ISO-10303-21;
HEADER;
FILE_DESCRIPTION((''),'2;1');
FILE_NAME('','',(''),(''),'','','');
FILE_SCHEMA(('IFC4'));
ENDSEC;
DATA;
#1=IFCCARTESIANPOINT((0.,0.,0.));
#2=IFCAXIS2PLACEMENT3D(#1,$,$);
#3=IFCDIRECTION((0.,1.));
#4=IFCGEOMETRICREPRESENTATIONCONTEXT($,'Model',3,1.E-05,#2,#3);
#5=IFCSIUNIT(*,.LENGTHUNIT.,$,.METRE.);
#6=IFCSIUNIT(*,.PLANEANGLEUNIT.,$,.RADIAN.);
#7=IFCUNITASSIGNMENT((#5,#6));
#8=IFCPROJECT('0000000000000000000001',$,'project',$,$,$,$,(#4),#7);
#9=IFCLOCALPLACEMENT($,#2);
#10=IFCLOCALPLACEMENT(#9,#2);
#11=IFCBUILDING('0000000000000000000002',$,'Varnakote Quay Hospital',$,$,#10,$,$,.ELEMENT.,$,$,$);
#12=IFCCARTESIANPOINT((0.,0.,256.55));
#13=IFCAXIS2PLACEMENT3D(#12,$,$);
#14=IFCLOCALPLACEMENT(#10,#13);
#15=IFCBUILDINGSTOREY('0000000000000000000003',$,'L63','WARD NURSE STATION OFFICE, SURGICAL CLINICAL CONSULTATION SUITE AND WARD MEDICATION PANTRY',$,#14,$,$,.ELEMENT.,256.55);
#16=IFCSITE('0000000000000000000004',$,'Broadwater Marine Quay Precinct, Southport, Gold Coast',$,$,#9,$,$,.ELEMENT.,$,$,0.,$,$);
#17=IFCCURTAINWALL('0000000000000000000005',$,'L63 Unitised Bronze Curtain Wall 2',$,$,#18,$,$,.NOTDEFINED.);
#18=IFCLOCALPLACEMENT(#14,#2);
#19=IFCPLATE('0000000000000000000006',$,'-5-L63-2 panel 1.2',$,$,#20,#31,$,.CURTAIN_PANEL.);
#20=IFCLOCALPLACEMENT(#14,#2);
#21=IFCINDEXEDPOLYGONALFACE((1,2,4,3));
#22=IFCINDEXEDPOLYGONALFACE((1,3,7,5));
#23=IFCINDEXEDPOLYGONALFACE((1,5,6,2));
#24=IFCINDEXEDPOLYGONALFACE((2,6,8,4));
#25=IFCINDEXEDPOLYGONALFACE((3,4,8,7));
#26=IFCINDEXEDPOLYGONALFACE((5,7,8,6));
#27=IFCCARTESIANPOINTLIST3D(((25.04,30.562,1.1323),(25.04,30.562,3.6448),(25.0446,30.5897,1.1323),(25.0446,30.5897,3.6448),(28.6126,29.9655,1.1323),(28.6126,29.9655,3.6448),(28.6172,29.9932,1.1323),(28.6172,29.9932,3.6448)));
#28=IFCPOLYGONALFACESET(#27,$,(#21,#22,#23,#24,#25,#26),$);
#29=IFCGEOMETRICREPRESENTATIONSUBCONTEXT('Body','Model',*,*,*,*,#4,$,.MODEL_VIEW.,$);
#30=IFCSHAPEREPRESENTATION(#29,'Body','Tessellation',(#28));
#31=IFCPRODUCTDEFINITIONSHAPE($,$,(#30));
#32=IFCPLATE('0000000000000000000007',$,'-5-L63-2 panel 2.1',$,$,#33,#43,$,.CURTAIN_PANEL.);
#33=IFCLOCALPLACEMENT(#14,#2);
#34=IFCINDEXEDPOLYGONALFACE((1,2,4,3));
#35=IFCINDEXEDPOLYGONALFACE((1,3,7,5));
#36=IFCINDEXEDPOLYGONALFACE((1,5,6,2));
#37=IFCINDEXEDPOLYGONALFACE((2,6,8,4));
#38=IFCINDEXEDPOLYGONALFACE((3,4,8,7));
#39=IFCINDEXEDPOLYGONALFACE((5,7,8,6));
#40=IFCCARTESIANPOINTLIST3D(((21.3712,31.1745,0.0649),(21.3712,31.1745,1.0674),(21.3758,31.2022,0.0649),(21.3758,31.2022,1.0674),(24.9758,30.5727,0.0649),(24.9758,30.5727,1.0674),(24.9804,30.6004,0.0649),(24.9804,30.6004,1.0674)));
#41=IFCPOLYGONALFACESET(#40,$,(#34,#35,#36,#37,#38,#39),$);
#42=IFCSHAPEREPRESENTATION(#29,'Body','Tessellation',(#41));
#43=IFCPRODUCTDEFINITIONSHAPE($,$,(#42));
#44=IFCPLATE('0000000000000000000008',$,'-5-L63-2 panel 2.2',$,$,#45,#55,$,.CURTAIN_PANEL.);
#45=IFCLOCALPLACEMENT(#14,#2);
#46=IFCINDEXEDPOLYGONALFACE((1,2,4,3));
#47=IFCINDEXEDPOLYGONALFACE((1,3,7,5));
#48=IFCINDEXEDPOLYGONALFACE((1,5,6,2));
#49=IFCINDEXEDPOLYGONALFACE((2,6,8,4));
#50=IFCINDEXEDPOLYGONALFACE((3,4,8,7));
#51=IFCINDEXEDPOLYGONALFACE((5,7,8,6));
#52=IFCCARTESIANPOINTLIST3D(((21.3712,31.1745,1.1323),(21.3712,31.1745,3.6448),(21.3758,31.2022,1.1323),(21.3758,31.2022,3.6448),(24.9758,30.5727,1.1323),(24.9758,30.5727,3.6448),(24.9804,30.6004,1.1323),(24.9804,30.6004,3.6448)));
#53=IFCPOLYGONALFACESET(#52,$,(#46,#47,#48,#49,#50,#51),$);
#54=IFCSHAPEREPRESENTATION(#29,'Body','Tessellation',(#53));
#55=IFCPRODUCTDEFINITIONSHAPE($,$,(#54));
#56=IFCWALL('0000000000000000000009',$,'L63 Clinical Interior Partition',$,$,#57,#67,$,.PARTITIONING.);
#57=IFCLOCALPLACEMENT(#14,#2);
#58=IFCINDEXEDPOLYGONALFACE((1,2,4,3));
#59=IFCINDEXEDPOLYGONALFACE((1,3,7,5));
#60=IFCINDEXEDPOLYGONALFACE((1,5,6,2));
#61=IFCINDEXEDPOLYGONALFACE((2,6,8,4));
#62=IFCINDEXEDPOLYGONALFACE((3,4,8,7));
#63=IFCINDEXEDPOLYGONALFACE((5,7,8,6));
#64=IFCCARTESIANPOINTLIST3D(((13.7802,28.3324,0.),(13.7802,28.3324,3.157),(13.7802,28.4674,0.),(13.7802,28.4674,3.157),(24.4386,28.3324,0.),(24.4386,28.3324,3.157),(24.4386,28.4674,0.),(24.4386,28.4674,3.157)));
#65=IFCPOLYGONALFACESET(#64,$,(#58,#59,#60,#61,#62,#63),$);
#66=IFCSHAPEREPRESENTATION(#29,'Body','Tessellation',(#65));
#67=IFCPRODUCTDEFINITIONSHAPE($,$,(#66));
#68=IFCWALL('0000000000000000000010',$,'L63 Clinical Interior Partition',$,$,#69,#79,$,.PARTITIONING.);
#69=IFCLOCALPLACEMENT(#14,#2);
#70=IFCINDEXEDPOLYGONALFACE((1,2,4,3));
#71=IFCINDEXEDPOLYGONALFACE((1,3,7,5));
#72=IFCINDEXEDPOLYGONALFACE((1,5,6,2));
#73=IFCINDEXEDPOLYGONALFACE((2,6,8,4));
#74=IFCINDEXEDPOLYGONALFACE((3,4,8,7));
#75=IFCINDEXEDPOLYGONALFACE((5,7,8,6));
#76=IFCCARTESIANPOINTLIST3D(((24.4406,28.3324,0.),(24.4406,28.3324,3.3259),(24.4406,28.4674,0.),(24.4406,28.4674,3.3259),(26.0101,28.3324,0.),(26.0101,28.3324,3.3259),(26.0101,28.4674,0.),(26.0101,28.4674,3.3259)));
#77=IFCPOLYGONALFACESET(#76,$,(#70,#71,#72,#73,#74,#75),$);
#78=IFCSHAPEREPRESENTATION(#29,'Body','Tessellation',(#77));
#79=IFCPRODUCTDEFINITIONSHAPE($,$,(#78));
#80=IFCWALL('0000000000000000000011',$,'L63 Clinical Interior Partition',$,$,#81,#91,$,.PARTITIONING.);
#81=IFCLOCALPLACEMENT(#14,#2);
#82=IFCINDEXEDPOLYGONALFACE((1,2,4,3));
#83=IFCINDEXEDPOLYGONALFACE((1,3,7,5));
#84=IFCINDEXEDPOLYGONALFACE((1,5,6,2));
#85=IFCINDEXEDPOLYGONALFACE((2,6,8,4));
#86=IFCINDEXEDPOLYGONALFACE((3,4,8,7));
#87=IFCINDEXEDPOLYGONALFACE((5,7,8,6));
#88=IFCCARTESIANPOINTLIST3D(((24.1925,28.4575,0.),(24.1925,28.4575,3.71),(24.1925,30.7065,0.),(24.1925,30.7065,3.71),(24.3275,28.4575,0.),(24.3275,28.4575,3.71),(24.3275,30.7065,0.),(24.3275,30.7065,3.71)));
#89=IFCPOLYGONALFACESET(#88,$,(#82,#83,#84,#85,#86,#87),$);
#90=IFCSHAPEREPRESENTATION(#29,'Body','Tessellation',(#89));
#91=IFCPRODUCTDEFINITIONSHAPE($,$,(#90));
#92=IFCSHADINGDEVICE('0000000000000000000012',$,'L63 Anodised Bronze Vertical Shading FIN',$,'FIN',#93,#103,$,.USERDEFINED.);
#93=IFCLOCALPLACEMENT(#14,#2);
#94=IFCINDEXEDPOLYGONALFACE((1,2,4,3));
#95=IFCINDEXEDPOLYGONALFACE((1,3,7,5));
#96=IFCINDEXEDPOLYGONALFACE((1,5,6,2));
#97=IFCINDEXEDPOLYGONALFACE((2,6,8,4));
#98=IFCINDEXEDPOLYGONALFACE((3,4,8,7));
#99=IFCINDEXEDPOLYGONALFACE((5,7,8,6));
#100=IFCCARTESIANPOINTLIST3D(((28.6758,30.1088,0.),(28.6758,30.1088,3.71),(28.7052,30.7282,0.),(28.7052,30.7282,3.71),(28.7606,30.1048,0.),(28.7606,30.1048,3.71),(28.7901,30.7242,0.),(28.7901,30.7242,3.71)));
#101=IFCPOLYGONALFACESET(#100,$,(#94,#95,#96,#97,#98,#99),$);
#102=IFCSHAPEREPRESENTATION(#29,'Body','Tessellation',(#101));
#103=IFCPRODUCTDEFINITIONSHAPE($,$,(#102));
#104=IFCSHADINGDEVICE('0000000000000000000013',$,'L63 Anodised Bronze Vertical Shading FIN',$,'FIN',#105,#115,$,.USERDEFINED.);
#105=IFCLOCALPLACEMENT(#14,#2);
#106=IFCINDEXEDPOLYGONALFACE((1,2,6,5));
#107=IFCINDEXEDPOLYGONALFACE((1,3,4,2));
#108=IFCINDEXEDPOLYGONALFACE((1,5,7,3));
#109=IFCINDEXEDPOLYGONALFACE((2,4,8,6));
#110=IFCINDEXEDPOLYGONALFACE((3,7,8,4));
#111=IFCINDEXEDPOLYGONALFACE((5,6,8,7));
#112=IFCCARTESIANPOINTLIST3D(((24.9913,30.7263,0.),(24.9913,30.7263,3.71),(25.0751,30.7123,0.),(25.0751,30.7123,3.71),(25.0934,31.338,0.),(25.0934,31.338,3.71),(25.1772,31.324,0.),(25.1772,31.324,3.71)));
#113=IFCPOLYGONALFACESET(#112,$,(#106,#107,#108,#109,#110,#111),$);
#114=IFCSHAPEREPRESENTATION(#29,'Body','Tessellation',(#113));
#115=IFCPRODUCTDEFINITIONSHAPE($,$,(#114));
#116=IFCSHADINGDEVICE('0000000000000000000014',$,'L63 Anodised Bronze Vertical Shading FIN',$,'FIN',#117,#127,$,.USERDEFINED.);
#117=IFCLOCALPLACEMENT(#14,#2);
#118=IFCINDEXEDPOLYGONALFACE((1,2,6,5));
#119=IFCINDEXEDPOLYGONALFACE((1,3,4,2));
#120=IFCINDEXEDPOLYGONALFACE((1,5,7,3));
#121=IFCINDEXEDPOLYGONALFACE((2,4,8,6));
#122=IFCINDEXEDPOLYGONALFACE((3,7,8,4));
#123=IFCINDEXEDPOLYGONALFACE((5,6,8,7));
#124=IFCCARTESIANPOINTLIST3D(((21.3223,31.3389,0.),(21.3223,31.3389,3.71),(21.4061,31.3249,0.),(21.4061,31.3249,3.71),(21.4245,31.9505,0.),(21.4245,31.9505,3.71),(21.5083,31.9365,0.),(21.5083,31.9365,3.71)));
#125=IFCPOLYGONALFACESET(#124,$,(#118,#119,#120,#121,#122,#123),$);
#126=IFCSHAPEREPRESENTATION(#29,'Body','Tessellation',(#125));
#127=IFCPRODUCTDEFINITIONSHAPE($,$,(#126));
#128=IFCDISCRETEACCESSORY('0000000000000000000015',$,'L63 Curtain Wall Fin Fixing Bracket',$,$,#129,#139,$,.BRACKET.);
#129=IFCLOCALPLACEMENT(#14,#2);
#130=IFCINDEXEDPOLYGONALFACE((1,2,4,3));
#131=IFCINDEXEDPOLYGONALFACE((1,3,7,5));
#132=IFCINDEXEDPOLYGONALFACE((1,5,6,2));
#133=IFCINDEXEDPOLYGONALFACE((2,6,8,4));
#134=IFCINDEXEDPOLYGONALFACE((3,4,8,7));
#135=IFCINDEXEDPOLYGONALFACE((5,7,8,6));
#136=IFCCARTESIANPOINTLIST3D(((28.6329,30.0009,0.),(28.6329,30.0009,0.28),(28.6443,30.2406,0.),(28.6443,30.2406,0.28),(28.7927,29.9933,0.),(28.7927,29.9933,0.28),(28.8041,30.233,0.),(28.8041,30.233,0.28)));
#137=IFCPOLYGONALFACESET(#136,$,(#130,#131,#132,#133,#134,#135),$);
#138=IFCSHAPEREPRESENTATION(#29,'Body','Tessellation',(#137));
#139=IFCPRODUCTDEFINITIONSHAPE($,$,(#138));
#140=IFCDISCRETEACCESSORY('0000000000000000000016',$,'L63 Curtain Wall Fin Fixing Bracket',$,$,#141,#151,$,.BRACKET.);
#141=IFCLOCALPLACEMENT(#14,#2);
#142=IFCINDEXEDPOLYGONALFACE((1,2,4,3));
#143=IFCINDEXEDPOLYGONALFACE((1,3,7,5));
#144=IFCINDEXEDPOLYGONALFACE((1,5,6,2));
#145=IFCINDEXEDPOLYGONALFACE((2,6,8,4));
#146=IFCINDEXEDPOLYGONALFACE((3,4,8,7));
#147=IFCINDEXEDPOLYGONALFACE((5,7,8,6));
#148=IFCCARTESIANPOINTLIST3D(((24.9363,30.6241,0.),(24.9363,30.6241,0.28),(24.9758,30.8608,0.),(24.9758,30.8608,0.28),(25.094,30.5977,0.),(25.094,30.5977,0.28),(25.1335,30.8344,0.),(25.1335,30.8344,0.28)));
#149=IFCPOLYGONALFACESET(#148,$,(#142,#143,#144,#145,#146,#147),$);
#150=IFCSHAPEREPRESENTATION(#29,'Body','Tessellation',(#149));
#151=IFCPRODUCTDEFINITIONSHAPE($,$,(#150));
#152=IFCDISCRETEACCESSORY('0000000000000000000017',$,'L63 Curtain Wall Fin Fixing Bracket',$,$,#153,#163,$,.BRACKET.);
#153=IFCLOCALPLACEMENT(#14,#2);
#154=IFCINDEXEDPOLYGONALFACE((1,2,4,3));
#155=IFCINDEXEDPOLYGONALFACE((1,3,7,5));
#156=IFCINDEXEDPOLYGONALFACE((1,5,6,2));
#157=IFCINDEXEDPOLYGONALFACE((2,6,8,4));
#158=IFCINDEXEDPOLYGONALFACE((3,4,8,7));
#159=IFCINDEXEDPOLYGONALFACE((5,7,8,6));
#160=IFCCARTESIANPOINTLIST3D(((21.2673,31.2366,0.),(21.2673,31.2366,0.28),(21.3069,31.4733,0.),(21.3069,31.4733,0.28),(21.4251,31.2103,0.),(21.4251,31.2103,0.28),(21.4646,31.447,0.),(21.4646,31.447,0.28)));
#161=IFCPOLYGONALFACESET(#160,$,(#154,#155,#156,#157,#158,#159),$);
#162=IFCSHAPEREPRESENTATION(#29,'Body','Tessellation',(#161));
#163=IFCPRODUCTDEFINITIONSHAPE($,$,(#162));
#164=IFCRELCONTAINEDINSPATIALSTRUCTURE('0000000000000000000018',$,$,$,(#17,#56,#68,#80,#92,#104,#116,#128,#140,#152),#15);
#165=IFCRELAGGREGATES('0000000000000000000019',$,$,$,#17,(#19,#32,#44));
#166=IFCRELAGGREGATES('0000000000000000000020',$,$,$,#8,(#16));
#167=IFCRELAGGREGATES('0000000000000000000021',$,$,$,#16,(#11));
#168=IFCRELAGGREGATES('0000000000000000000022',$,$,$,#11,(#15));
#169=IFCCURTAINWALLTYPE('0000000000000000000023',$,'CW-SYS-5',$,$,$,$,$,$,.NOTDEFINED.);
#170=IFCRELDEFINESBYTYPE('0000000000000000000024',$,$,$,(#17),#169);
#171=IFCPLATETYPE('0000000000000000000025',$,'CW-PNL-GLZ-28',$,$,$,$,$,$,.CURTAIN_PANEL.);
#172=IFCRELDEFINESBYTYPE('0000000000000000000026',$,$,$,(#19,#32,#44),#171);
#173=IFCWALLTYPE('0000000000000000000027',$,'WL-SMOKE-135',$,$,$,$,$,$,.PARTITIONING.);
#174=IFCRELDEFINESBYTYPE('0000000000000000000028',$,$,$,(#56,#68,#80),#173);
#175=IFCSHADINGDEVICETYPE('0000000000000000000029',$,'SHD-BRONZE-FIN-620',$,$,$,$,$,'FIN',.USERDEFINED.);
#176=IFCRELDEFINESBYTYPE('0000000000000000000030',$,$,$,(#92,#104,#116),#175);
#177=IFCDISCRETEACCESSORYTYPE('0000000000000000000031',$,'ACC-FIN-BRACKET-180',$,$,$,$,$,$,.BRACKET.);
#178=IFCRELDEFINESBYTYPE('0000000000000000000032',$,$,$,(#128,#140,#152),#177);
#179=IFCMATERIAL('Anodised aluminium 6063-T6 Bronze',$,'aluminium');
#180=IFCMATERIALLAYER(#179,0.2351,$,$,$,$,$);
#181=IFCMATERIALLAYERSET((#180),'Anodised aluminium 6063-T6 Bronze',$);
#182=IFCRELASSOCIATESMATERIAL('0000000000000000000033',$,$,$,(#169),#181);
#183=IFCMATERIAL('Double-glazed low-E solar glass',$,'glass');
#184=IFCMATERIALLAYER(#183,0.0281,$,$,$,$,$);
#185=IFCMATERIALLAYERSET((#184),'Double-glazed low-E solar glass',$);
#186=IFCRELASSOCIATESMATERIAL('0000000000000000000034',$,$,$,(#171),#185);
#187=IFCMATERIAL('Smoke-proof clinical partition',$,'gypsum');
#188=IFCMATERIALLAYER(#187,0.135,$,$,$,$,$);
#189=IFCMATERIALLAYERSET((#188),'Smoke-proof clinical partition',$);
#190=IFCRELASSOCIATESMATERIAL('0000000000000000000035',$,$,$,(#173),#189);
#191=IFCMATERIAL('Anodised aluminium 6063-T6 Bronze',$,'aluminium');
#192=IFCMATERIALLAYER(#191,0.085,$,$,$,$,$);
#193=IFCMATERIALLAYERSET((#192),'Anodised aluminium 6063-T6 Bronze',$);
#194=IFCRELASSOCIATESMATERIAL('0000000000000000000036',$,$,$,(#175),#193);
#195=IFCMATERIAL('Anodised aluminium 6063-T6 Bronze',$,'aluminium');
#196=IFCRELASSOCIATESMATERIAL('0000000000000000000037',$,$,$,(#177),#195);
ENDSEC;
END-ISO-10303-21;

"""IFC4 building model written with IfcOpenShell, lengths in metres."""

from ifc_helpers import new_model, si_unit, direction, frame, frame_2d, origin, origin_2d, place, context, subcontext, project, spatial, rectangle, extrude, material, layer, layer_set, type_object, element, aggregate, save


model = new_model("IFC4")

# Units and contexts
model_context = context("Model", 3, precision=1e-05, world=origin(), true_north=direction((0.0, 1.0)))
body_context = subcontext(model_context, "Body", "Model", "MODEL_VIEW")
ifc_project = project(units=[si_unit("LENGTHUNIT", "METRE"), si_unit("PLANEANGLEUNIT", "RADIAN")], contexts=[model_context])

# Site, building, storey
site_placement = place(None, origin())
site = spatial("IfcSite", under=ifc_project, at=site_placement, Name="Broadwater Marine Quay Precinct, Southport, Gold Coast", CompositionType="ELEMENT", RefElevation=0.0)
building_placement = place(site_placement, origin())
building = spatial("IfcBuilding", under=site, at=building_placement, Name="Varnakote Quay Hospital", CompositionType="ELEMENT")
storey_placement = place(building_placement, frame((0.0, 0.0, 256.55)))
storey = spatial("IfcBuildingStorey", under=building, at=storey_placement, Name="L63", Description="WARD NURSE STATION OFFICE, SURGICAL CLINICAL CONSULTATION SUITE AND WARD MEDICATION PANTRY", CompositionType="ELEMENT", Elevation=256.55)

# Shared definitions
ifc_material_1 = material(Name="Anodised aluminium 6063-T6 Bronze", Category="aluminium")
ifc_layer_1 = layer(ifc_material_1, 0.2351)
ifc_layer_set_1 = layer_set([ifc_layer_1], Name="Anodised aluminium 6063-T6 Bronze")
curtain_wall_type = type_object("IfcCurtainWallType", Name="CW-SYS-5", PredefinedType="NOTDEFINED", material=ifc_layer_set_1)

# Curtain wall
curtain_wall_1_placement = place(storey_placement, origin())
curtain_wall_1 = element("IfcCurtainWall", 1, at=curtain_wall_1_placement, inside=storey, type_object=curtain_wall_type, Name="L63 Unitised Bronze Curtain Wall 2", PredefinedType="NOTDEFINED")

# Plates
ifc_material_2 = material(Name="Double-glazed low-E solar glass", Category="glass")
ifc_layer_2 = layer(ifc_material_2, 0.0281)
ifc_layer_set_2 = layer_set([ifc_layer_2], Name="Double-glazed low-E solar glass")
plate_type = type_object("IfcPlateType", Name="CW-PNL-GLZ-28", PredefinedType="CURTAIN_PANEL", material=ifc_layer_set_2)
plate_1_placement = place(storey_placement, frame((26.8286, 30.2776, 1.1323), z_axis=(0.0, 0.0, 1.0), x_axis=(-0.986345, 0.164694, 0.0)))
plate_1 = element("IfcPlate", 2, at=plate_1_placement, type_object=plate_type, Name="-5-L63-2 panel 1.2", PredefinedType="CURTAIN_PANEL", context=body_context, shape_type="SweptSolid", body=[
    extrude(rectangle(XDim=3.6221, YDim=0.0281, at=origin_2d()), origin(), (0.0, 0.0, 1.0), 2.5125),
])
plate_2_placement = place(storey_placement, frame((23.1758, 30.8875, 0.0649), z_axis=(0.0, 0.0, 1.0), x_axis=(-0.986345, 0.164694, 0.0)))
plate_2 = element("IfcPlate", 3, at=plate_2_placement, type_object=plate_type, Name="-5-L63-2 panel 2.1", PredefinedType="CURTAIN_PANEL", context=body_context, shape_type="SweptSolid", body=[
    extrude(rectangle(XDim=3.6545, YDim=0.0281, at=origin_2d()), origin(), (0.0, 0.0, 1.0), 1.0024),
])
plate_3_placement = place(storey_placement, frame((23.1758, 30.8875, 1.1323), z_axis=(0.0, 0.0, 1.0), x_axis=(-0.986345, 0.164694, 0.0)))
plate_3 = element("IfcPlate", 4, at=plate_3_placement, type_object=plate_type, Name="-5-L63-2 panel 2.2", PredefinedType="CURTAIN_PANEL", context=body_context, shape_type="SweptSolid", body=[
    extrude(rectangle(XDim=3.6545, YDim=0.0281, at=origin_2d()), origin(), (0.0, 0.0, 1.0), 2.5125),
])
aggregate(curtain_wall_1, [plate_1, plate_2, plate_3])

# Walls
ifc_material_3 = material(Name="Smoke-proof clinical partition", Category="gypsum")
ifc_layer_3 = layer(ifc_material_3, 0.135)
ifc_layer_set_3 = layer_set([ifc_layer_3], Name="Smoke-proof clinical partition")
wall_type = type_object("IfcWallType", Name="WL-SMOKE-135", PredefinedType="PARTITIONING", material=ifc_layer_set_3)
wall_1_placement = place(storey_placement, frame((24.4385, 28.3999, 0.0), z_axis=(0.0, 0.0, 1.0), x_axis=(-1.0, 0.0, 0.0)))
element("IfcWall", 5, at=wall_1_placement, inside=storey, type_object=wall_type, Name="L63 Clinical Interior Partition", PredefinedType="PARTITIONING", context=body_context, shape_type="SweptSolid", body=[
    extrude(rectangle(XDim=10.6584, YDim=0.135, at=frame_2d((5.3291, 0.0))), origin(), (0.0, 0.0, 1.0), 3.157),
])
wall_2_placement = place(storey_placement, frame((26.01, 28.3999, 0.0), z_axis=(0.0, 0.0, 1.0), x_axis=(-1.0, 0.0, 0.0)))
element("IfcWall", 6, at=wall_2_placement, inside=storey, type_object=wall_type, Name="L63 Clinical Interior Partition", PredefinedType="PARTITIONING", context=body_context, shape_type="SweptSolid", body=[
    extrude(rectangle(XDim=1.5696, YDim=0.135, at=frame_2d((0.7847, 0.0))), origin(), (0.0, 0.0, 1.0), 3.3259),
])
wall_3_placement = place(storey_placement, frame((24.26, 28.4575, 0.0), z_axis=(0.0, 0.0, 1.0), x_axis=(0.0, 1.0, 0.0)))
element("IfcWall", 7, at=wall_3_placement, inside=storey, type_object=wall_type, Name="L63 Clinical Interior Partition", PredefinedType="PARTITIONING", context=body_context, shape_type="SweptSolid", body=[
    extrude(rectangle(XDim=2.249, YDim=0.135, at=frame_2d((1.1245, 0.0))), origin(), (0.0, 0.0, 1.0), 3.71),
])

# Shading devices
ifc_material_4 = material(Name="Anodised aluminium 6063-T6 Bronze", Category="aluminium")
ifc_layer_4 = layer(ifc_material_4, 0.085)
ifc_layer_set_4 = layer_set([ifc_layer_4], Name="Anodised aluminium 6063-T6 Bronze")
shading_device_type = type_object("IfcShadingDeviceType", Name="SHD-BRONZE-FIN-620", ElementType="FIN", PredefinedType="USERDEFINED", material=ifc_layer_set_4)
for number, where, z_axis, x_axis, name in (
    (8, (28.7329, 30.4165, 0.0), (0.0, 0.0, 1.0), (-0.047455, -0.998873, 0.0), "L63 Anodised Bronze Vertical Shading FIN"),
    (9, (25.0842, 31.0251, 0.0), (0.0, 0.0, 1.0), (-0.164703, -0.986343, 0.0), "L63 Anodised Bronze Vertical Shading FIN"),
    (10, (21.4153, 31.6377, 0.0), (0.0, 0.0, 1.0), (-0.164703, -0.986343, 0.0), "L63 Anodised Bronze Vertical Shading FIN"),
):
    element("IfcShadingDevice", number, at=place(storey_placement, frame(where, z_axis=z_axis, x_axis=x_axis)), inside=storey, type_object=shading_device_type, Name=name, ObjectType="FIN", PredefinedType="USERDEFINED", context=body_context, shape_type="SweptSolid", body=[
        extrude(rectangle(XDim=0.6201, YDim=0.085, at=origin_2d()), origin(), (0.0, 0.0, 1.0), 3.71),
    ])

# Discrete accessories
ifc_material_5 = material(Name="Anodised aluminium 6063-T6 Bronze", Category="aluminium")
discrete_accessory_type = type_object("IfcDiscreteAccessoryType", Name="ACC-FIN-BRACKET-180", PredefinedType="BRACKET", material=ifc_material_5)
for number, where, z_axis, x_axis, name in (
    (11, (28.7185, 30.1169, 0.0), (0.0, 0.0, 1.0), (-0.998873, 0.047455, 0.0), "L63 Curtain Wall Fin Fixing Bracket"),
    (12, (25.0349, 30.7292, 0.0), (0.0, 0.0, 1.0), (-0.986343, 0.164703, 0.0), "L63 Curtain Wall Fin Fixing Bracket"),
    (13, (21.366, 31.3418, 0.0), (0.0, 0.0, 1.0), (-0.986343, 0.164703, 0.0), "L63 Curtain Wall Fin Fixing Bracket"),
):
    element("IfcDiscreteAccessory", number, at=place(storey_placement, frame(where, z_axis=z_axis, x_axis=x_axis)), inside=storey, type_object=discrete_accessory_type, Name=name, PredefinedType="BRACKET", context=body_context, shape_type="SweptSolid", body=[
        extrude(rectangle(XDim=0.1599, YDim=0.24, at=origin_2d()), origin(), (0.0, 0.0, 1.0), 0.28),
    ])

save(model, "model.ifc")
